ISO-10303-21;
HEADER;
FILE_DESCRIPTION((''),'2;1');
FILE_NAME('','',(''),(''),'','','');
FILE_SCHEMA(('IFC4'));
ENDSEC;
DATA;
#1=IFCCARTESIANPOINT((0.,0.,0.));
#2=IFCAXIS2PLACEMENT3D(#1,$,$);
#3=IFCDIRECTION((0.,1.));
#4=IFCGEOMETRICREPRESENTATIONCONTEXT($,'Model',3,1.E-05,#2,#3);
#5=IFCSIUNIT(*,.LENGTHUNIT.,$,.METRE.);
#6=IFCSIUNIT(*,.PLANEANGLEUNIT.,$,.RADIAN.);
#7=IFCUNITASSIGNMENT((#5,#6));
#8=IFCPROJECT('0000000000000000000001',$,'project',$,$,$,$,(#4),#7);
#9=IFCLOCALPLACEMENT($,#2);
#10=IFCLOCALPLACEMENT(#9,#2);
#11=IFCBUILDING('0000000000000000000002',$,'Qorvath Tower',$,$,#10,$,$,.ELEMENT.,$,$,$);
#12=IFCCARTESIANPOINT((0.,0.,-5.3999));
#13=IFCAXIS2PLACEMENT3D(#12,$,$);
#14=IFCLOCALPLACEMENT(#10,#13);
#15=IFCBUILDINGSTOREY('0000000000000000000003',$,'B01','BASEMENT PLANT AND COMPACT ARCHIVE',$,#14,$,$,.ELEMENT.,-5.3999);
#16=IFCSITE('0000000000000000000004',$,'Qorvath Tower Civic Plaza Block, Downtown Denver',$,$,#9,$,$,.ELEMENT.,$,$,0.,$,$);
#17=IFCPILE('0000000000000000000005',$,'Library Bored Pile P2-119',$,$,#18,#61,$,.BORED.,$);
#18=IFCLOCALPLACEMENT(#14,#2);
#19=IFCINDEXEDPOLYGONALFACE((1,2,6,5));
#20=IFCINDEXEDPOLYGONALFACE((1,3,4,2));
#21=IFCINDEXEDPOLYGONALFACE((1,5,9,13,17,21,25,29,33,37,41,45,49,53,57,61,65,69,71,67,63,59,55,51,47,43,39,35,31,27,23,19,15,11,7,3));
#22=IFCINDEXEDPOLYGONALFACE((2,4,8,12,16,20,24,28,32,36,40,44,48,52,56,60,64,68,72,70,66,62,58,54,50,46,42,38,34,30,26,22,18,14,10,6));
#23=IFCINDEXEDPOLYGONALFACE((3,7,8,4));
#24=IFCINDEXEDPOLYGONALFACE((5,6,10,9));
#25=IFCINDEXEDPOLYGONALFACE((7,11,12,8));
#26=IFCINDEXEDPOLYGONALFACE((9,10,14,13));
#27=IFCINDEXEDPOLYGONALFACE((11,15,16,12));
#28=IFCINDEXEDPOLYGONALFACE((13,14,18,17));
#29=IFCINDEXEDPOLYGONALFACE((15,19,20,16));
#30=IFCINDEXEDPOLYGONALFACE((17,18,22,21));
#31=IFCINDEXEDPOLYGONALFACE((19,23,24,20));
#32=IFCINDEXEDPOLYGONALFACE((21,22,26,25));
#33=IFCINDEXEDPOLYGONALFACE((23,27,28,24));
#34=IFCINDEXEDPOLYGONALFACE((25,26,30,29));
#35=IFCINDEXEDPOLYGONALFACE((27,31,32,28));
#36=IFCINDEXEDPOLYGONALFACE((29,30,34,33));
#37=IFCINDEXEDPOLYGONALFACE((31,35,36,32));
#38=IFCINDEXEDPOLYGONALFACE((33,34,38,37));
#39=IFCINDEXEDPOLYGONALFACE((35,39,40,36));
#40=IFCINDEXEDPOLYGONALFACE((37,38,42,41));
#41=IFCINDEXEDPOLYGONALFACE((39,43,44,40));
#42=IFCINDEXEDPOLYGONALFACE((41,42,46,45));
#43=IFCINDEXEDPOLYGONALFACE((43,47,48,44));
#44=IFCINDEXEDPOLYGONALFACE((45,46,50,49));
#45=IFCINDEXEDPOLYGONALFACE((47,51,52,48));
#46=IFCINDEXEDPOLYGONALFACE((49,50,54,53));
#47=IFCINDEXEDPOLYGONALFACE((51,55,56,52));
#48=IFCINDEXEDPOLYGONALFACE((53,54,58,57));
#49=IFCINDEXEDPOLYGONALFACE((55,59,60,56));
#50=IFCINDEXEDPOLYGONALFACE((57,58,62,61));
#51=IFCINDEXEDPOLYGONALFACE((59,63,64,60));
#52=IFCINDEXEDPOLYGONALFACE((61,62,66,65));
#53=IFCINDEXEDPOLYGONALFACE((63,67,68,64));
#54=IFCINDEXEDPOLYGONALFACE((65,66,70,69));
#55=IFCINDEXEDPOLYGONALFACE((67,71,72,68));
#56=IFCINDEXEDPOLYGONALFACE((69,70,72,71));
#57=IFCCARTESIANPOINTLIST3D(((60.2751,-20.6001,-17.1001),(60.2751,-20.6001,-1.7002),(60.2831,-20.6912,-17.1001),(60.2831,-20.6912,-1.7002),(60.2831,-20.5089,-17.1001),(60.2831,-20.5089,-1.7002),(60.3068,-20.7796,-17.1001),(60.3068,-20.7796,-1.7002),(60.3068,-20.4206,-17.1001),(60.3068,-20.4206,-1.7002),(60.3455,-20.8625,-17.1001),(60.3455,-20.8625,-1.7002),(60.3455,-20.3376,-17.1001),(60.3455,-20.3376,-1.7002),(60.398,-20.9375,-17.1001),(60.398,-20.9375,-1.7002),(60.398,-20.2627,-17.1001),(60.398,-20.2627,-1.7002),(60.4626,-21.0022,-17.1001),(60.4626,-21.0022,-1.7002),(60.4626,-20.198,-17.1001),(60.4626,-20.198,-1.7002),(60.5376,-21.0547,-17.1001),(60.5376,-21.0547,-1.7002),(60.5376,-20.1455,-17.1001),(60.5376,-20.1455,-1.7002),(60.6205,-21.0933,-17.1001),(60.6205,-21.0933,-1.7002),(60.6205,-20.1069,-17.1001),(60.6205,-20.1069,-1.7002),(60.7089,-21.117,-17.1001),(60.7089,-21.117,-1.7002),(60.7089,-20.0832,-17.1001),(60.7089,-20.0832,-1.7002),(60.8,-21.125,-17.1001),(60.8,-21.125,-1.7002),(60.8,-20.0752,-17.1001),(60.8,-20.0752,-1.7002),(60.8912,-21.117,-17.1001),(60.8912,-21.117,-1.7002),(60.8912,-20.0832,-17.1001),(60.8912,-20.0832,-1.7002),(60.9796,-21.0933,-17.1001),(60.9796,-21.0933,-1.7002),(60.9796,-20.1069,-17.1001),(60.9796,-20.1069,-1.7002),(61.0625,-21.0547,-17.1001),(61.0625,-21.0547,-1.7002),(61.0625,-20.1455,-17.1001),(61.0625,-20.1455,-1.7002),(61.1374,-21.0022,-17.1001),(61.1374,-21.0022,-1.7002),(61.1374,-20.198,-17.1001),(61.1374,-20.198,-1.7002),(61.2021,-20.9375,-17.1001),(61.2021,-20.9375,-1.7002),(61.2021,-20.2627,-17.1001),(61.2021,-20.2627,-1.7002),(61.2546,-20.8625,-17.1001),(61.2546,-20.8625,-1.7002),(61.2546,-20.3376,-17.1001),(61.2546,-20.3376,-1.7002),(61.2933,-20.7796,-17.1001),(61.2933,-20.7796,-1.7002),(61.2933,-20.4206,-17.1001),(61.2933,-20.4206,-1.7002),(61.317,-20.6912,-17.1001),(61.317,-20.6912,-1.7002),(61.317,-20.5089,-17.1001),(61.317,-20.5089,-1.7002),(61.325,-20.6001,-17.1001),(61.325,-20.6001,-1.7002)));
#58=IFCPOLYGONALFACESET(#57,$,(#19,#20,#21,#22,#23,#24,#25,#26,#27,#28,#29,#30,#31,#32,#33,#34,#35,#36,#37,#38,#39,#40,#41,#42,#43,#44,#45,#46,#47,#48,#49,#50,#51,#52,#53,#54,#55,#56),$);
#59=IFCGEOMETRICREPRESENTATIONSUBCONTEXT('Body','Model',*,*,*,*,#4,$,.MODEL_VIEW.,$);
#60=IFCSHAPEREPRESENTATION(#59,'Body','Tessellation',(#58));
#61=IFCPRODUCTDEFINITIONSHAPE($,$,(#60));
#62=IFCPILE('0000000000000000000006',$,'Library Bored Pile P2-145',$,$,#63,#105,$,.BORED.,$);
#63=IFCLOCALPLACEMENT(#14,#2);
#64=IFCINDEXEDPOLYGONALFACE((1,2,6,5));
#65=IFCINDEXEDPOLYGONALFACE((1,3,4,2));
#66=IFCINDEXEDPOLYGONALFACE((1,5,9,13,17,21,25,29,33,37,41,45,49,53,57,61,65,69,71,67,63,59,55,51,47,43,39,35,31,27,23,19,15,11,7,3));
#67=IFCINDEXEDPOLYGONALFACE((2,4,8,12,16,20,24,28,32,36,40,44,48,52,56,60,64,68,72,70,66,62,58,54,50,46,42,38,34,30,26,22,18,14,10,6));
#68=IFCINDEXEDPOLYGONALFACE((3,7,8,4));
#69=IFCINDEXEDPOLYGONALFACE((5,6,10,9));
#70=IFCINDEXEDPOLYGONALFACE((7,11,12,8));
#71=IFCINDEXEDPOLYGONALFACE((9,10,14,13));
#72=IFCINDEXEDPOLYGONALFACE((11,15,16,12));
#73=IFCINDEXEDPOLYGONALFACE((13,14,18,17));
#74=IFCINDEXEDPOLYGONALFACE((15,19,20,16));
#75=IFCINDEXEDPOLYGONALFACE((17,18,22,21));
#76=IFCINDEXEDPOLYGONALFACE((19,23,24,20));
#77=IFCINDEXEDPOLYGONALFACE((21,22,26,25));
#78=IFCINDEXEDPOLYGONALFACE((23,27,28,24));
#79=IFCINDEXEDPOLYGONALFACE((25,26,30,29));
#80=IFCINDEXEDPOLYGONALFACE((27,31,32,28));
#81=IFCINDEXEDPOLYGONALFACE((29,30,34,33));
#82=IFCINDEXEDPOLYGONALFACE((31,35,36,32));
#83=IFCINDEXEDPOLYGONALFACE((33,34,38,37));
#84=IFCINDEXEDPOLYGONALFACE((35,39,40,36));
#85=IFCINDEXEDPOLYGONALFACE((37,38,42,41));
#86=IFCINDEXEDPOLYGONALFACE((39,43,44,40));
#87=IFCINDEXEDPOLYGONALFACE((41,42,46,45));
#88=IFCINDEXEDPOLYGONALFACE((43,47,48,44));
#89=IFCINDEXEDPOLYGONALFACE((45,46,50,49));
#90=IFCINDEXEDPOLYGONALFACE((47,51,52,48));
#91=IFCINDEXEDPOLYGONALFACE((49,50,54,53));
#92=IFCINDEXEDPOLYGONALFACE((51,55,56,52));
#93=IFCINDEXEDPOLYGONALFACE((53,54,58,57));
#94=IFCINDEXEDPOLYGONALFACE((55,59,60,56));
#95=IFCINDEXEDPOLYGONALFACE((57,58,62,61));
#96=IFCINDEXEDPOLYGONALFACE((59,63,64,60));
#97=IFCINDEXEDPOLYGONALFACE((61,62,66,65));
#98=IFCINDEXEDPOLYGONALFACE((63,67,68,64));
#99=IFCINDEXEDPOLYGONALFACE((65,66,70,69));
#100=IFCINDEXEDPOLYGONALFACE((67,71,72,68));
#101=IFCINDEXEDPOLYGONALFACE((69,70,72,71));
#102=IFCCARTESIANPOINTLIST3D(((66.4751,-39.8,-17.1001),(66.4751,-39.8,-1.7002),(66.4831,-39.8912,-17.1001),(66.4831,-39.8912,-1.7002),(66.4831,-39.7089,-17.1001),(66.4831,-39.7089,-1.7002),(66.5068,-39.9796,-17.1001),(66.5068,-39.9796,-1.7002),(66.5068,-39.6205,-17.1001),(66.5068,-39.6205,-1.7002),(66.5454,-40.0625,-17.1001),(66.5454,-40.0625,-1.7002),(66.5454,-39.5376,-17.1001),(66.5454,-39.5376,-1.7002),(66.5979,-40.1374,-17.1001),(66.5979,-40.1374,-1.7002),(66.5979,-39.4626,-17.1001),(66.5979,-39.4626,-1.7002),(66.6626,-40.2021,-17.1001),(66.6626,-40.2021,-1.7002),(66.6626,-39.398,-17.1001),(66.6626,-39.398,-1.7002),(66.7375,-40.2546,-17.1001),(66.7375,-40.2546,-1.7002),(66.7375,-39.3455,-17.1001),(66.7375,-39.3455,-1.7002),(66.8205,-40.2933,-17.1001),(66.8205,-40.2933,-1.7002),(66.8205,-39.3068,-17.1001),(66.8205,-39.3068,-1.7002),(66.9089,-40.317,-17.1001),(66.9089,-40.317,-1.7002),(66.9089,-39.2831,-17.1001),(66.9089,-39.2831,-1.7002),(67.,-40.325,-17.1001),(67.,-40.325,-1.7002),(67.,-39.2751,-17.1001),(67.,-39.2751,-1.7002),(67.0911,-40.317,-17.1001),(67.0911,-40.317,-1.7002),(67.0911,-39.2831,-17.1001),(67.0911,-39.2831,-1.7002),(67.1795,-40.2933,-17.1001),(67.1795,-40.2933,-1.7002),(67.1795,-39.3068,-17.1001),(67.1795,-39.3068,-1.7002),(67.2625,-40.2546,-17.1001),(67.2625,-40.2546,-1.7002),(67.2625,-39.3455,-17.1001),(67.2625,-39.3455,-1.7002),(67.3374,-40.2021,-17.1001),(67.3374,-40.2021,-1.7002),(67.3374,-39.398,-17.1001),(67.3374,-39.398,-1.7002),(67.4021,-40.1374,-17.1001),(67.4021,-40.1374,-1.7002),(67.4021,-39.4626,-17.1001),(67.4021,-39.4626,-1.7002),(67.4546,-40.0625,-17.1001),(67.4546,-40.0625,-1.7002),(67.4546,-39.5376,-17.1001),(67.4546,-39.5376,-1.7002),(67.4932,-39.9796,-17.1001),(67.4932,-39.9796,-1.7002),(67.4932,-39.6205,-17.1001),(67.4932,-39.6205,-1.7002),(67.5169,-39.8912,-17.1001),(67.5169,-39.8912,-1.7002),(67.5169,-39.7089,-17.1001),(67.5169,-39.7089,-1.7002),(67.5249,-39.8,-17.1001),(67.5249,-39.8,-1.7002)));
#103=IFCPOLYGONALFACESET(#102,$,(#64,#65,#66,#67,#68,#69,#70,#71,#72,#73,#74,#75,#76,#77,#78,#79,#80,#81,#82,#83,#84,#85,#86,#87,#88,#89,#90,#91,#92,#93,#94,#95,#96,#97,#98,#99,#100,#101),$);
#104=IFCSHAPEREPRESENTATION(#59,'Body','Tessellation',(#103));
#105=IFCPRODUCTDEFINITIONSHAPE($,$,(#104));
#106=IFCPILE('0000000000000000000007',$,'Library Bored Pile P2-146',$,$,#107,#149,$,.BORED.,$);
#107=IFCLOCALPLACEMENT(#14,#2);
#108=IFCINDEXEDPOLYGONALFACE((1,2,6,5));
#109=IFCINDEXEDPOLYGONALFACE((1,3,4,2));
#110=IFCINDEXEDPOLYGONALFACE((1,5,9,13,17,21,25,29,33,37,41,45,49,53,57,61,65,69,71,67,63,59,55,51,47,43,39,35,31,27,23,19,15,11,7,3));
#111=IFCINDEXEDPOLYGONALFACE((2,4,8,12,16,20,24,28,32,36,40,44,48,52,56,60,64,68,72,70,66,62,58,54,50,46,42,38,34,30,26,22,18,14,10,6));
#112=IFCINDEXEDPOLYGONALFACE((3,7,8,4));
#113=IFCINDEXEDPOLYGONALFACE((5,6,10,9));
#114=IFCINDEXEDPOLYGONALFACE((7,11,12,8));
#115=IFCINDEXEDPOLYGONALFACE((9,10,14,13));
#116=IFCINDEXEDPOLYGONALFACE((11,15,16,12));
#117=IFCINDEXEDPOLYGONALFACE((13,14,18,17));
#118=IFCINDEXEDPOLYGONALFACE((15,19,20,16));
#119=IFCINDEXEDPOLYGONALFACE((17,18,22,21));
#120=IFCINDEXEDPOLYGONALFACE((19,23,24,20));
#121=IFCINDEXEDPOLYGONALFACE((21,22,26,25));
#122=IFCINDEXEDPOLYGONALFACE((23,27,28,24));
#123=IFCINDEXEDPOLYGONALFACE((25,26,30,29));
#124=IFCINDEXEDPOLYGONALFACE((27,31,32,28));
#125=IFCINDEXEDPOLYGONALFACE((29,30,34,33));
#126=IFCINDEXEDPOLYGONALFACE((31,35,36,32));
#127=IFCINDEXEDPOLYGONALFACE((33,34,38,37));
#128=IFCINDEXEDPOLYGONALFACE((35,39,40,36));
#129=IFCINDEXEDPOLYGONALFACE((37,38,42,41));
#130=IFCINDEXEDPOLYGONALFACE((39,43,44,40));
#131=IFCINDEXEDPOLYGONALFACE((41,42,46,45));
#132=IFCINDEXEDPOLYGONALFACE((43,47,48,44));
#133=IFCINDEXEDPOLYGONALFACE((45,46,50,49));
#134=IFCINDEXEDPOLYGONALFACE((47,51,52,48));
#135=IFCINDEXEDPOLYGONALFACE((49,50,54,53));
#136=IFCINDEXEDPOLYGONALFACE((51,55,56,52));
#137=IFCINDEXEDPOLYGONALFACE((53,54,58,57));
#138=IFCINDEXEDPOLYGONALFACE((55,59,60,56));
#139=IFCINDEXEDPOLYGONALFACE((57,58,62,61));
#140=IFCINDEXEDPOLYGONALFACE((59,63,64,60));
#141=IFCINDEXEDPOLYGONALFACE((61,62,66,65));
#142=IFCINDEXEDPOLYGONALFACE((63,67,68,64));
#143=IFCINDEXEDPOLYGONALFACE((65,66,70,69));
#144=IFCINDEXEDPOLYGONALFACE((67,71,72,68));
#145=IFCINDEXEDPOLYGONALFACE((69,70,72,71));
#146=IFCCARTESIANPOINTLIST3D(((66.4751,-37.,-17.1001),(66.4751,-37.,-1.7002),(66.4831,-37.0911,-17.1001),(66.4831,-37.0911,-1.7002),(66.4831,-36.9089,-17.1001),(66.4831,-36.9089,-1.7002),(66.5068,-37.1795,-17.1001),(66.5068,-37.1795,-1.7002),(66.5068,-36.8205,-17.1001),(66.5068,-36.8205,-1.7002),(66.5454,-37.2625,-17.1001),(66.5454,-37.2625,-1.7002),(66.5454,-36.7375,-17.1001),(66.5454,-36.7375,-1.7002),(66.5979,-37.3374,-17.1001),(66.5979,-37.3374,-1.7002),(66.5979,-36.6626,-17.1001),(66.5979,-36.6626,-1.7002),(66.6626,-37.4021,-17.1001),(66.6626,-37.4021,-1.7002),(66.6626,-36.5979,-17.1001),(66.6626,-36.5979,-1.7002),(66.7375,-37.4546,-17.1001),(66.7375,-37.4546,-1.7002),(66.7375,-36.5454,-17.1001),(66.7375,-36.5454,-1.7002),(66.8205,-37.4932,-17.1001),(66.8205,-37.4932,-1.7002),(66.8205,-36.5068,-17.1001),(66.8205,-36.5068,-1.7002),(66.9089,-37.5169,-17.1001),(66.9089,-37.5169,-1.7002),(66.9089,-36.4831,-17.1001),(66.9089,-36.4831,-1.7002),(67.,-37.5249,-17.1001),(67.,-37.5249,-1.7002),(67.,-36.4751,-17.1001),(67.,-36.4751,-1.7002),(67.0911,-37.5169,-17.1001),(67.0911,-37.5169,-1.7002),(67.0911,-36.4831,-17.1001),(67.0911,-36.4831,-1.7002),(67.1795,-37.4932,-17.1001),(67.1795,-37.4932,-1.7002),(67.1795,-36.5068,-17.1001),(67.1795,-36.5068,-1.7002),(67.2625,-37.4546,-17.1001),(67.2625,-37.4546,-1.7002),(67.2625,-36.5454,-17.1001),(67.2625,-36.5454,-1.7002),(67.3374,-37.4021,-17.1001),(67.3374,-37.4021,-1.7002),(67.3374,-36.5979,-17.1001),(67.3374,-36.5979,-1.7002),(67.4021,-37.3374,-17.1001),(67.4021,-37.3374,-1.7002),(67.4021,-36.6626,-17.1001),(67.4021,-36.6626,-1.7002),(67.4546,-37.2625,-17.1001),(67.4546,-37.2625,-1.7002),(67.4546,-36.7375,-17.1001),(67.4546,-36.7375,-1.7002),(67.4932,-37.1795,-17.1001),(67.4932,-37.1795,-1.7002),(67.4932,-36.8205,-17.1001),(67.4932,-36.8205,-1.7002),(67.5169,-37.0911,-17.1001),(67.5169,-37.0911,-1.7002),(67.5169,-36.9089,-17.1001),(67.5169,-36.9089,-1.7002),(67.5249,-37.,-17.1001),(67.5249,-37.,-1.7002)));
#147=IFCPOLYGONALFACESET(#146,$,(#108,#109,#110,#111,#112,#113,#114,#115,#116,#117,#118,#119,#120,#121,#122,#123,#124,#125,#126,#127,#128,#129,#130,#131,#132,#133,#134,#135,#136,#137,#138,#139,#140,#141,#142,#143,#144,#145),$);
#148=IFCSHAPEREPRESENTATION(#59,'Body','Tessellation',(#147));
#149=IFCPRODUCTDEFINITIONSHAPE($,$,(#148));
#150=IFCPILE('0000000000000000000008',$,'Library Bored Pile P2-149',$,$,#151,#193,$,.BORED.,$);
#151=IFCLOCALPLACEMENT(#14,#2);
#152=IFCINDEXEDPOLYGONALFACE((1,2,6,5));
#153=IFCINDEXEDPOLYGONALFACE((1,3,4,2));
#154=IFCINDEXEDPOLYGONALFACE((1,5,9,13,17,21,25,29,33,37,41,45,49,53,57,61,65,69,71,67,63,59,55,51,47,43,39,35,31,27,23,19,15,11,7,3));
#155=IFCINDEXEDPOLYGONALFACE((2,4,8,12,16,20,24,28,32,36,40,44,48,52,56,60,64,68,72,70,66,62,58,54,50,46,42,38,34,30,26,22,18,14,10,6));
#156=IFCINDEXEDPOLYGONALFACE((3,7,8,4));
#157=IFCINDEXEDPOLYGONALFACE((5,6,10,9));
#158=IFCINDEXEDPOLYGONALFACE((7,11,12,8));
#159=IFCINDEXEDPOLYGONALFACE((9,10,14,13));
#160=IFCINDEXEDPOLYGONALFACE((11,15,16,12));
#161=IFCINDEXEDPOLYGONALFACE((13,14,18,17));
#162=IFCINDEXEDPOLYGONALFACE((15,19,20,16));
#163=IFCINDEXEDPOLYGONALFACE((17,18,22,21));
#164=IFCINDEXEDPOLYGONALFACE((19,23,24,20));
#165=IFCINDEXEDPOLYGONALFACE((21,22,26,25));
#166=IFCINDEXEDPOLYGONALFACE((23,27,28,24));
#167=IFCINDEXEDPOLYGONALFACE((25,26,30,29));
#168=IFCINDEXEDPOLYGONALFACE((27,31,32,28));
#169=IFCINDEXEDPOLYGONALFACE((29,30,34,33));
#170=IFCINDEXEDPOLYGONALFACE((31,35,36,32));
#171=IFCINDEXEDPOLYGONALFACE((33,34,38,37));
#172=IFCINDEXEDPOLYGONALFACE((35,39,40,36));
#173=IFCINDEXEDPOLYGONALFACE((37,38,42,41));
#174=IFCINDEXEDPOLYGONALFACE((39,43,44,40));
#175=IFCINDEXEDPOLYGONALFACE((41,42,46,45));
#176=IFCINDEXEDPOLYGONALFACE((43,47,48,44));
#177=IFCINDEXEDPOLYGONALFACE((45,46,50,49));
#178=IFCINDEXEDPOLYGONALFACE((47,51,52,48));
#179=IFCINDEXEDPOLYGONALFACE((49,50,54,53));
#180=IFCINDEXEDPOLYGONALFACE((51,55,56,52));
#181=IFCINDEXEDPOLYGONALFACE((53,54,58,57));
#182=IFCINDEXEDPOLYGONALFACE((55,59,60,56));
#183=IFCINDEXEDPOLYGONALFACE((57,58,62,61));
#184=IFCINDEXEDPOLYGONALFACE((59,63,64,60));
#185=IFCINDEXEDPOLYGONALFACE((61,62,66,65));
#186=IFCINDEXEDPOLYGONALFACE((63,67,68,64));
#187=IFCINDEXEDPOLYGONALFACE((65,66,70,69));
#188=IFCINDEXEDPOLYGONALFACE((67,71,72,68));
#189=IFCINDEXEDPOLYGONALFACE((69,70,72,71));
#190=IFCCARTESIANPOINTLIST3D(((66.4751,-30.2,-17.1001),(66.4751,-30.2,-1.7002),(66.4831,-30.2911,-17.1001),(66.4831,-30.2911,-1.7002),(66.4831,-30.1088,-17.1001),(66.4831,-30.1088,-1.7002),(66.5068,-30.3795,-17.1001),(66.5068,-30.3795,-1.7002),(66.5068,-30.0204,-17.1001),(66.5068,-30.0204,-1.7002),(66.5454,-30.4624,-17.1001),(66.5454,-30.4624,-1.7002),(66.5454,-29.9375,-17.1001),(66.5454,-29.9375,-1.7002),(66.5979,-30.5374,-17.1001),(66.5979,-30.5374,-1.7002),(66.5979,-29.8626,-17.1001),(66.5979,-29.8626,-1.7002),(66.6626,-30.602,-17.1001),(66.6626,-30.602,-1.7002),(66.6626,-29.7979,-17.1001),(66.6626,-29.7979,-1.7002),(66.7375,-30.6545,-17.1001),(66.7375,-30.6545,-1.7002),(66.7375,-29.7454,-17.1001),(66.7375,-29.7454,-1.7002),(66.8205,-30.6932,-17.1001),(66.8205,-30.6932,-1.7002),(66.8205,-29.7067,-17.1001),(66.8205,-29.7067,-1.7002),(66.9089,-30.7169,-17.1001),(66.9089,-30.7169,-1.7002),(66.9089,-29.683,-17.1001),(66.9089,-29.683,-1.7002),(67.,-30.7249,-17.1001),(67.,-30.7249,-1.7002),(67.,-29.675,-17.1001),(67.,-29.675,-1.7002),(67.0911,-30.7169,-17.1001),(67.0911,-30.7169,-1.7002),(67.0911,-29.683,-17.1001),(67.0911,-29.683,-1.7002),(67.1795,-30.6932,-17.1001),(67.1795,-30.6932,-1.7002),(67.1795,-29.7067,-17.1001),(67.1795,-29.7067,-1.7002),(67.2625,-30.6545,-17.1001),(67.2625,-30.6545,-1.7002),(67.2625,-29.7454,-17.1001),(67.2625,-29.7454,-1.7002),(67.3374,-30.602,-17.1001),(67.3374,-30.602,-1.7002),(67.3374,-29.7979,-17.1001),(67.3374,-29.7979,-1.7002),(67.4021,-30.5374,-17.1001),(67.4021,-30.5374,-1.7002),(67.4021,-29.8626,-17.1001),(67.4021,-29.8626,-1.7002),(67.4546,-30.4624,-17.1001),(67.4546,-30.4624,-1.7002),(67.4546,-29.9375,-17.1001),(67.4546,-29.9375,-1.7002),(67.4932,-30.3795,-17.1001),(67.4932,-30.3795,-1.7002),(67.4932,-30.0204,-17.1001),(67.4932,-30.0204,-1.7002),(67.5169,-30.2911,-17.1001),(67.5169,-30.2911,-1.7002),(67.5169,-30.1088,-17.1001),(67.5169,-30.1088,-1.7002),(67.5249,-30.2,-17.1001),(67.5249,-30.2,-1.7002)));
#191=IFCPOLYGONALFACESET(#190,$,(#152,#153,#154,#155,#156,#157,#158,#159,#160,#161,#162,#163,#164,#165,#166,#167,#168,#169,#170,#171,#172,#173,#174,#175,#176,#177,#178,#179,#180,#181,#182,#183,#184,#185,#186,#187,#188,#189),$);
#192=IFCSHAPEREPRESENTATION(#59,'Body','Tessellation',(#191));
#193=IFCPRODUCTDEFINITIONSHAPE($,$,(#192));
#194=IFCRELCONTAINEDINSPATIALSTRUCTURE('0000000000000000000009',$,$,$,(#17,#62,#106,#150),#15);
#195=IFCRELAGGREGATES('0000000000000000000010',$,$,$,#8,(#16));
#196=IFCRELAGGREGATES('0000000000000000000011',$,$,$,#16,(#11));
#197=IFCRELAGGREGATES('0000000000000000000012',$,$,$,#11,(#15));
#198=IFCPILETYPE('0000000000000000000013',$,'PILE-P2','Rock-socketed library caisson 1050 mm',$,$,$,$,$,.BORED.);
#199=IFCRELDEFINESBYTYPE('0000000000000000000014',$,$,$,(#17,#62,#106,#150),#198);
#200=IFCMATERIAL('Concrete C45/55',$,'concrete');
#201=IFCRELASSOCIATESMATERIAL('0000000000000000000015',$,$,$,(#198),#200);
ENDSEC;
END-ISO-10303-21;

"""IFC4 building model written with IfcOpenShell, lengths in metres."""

from ifc_helpers import new_model, si_unit, direction, frame, origin, origin_2d, place, context, subcontext, project, spatial, circle, extrude, material, material_profile, profile_set, type_object, element, save


model = new_model("IFC4")

# Units and contexts
model_context = context("Model", 3, precision=1e-05, world=origin(), true_north=direction((0.0, 1.0)))
body_context = subcontext(model_context, "Body", "Model", "MODEL_VIEW")
ifc_project = project(units=[si_unit("LENGTHUNIT", "METRE"), si_unit("PLANEANGLEUNIT", "RADIAN")], contexts=[model_context])

# Site, building, storey
site_placement = place(None, origin())
site = spatial("IfcSite", under=ifc_project, at=site_placement, Name="Qorvath Tower Civic Plaza Block, Downtown Denver", CompositionType="ELEMENT", RefElevation=0.0)
building_placement = place(site_placement, origin())
building = spatial("IfcBuilding", under=site, at=building_placement, Name="Qorvath Tower", CompositionType="ELEMENT")
storey_placement = place(building_placement, frame((0.0, 0.0, -5.3999)))
storey = spatial("IfcBuildingStorey", under=building, at=storey_placement, Name="B01", Description="BASEMENT PLANT AND COMPACT ARCHIVE", CompositionType="ELEMENT", Elevation=-5.3999)

# Piles
ifc_material_1 = material(Name="Concrete C45/55", Category="concrete")
ifc_material_profile_1 = material_profile(ifc_material_1, circle(Radius=0.5249, at=origin_2d()), Name="BORED PILE 1050")
ifc_profile_set_1 = profile_set([ifc_material_profile_1], Name="Concrete C45/55")
pile_type = type_object("IfcPileType", Name="PILE-P2", Description="Rock-socketed library caisson 1050 mm", PredefinedType="BORED", material=ifc_profile_set_1)
for number, where, z_axis, x_axis, name in (
    (1, (60.8, -20.6001, -1.7002), (0.0, 0.0, -1.0), (1.0, 0.0, 0.0), "Library Bored Pile P2-119"),
    (2, (67.0, -39.8, -1.7002), (0.0, 0.0, -1.0), (1.0, 0.0, 0.0), "Library Bored Pile P2-145"),
    (3, (67.0, -37.0, -1.7002), (0.0, 0.0, -1.0), (1.0, 0.0, 0.0), "Library Bored Pile P2-146"),
    (4, (67.0, -30.2, -1.7002), (0.0, 0.0, -1.0), (1.0, 0.0, 0.0), "Library Bored Pile P2-149"),
):
    element("IfcPile", number, at=place(storey_placement, frame(where, z_axis=z_axis, x_axis=x_axis)), inside=storey, type_object=pile_type, Name=name, PredefinedType="BORED", context=body_context, shape_type="SweptSolid", body=[
        extrude(circle(Radius=0.5249, at=origin_2d()), origin(), (0.0, 0.0, 1.0), 15.3999),
    ])

save(model, "model.ifc")
